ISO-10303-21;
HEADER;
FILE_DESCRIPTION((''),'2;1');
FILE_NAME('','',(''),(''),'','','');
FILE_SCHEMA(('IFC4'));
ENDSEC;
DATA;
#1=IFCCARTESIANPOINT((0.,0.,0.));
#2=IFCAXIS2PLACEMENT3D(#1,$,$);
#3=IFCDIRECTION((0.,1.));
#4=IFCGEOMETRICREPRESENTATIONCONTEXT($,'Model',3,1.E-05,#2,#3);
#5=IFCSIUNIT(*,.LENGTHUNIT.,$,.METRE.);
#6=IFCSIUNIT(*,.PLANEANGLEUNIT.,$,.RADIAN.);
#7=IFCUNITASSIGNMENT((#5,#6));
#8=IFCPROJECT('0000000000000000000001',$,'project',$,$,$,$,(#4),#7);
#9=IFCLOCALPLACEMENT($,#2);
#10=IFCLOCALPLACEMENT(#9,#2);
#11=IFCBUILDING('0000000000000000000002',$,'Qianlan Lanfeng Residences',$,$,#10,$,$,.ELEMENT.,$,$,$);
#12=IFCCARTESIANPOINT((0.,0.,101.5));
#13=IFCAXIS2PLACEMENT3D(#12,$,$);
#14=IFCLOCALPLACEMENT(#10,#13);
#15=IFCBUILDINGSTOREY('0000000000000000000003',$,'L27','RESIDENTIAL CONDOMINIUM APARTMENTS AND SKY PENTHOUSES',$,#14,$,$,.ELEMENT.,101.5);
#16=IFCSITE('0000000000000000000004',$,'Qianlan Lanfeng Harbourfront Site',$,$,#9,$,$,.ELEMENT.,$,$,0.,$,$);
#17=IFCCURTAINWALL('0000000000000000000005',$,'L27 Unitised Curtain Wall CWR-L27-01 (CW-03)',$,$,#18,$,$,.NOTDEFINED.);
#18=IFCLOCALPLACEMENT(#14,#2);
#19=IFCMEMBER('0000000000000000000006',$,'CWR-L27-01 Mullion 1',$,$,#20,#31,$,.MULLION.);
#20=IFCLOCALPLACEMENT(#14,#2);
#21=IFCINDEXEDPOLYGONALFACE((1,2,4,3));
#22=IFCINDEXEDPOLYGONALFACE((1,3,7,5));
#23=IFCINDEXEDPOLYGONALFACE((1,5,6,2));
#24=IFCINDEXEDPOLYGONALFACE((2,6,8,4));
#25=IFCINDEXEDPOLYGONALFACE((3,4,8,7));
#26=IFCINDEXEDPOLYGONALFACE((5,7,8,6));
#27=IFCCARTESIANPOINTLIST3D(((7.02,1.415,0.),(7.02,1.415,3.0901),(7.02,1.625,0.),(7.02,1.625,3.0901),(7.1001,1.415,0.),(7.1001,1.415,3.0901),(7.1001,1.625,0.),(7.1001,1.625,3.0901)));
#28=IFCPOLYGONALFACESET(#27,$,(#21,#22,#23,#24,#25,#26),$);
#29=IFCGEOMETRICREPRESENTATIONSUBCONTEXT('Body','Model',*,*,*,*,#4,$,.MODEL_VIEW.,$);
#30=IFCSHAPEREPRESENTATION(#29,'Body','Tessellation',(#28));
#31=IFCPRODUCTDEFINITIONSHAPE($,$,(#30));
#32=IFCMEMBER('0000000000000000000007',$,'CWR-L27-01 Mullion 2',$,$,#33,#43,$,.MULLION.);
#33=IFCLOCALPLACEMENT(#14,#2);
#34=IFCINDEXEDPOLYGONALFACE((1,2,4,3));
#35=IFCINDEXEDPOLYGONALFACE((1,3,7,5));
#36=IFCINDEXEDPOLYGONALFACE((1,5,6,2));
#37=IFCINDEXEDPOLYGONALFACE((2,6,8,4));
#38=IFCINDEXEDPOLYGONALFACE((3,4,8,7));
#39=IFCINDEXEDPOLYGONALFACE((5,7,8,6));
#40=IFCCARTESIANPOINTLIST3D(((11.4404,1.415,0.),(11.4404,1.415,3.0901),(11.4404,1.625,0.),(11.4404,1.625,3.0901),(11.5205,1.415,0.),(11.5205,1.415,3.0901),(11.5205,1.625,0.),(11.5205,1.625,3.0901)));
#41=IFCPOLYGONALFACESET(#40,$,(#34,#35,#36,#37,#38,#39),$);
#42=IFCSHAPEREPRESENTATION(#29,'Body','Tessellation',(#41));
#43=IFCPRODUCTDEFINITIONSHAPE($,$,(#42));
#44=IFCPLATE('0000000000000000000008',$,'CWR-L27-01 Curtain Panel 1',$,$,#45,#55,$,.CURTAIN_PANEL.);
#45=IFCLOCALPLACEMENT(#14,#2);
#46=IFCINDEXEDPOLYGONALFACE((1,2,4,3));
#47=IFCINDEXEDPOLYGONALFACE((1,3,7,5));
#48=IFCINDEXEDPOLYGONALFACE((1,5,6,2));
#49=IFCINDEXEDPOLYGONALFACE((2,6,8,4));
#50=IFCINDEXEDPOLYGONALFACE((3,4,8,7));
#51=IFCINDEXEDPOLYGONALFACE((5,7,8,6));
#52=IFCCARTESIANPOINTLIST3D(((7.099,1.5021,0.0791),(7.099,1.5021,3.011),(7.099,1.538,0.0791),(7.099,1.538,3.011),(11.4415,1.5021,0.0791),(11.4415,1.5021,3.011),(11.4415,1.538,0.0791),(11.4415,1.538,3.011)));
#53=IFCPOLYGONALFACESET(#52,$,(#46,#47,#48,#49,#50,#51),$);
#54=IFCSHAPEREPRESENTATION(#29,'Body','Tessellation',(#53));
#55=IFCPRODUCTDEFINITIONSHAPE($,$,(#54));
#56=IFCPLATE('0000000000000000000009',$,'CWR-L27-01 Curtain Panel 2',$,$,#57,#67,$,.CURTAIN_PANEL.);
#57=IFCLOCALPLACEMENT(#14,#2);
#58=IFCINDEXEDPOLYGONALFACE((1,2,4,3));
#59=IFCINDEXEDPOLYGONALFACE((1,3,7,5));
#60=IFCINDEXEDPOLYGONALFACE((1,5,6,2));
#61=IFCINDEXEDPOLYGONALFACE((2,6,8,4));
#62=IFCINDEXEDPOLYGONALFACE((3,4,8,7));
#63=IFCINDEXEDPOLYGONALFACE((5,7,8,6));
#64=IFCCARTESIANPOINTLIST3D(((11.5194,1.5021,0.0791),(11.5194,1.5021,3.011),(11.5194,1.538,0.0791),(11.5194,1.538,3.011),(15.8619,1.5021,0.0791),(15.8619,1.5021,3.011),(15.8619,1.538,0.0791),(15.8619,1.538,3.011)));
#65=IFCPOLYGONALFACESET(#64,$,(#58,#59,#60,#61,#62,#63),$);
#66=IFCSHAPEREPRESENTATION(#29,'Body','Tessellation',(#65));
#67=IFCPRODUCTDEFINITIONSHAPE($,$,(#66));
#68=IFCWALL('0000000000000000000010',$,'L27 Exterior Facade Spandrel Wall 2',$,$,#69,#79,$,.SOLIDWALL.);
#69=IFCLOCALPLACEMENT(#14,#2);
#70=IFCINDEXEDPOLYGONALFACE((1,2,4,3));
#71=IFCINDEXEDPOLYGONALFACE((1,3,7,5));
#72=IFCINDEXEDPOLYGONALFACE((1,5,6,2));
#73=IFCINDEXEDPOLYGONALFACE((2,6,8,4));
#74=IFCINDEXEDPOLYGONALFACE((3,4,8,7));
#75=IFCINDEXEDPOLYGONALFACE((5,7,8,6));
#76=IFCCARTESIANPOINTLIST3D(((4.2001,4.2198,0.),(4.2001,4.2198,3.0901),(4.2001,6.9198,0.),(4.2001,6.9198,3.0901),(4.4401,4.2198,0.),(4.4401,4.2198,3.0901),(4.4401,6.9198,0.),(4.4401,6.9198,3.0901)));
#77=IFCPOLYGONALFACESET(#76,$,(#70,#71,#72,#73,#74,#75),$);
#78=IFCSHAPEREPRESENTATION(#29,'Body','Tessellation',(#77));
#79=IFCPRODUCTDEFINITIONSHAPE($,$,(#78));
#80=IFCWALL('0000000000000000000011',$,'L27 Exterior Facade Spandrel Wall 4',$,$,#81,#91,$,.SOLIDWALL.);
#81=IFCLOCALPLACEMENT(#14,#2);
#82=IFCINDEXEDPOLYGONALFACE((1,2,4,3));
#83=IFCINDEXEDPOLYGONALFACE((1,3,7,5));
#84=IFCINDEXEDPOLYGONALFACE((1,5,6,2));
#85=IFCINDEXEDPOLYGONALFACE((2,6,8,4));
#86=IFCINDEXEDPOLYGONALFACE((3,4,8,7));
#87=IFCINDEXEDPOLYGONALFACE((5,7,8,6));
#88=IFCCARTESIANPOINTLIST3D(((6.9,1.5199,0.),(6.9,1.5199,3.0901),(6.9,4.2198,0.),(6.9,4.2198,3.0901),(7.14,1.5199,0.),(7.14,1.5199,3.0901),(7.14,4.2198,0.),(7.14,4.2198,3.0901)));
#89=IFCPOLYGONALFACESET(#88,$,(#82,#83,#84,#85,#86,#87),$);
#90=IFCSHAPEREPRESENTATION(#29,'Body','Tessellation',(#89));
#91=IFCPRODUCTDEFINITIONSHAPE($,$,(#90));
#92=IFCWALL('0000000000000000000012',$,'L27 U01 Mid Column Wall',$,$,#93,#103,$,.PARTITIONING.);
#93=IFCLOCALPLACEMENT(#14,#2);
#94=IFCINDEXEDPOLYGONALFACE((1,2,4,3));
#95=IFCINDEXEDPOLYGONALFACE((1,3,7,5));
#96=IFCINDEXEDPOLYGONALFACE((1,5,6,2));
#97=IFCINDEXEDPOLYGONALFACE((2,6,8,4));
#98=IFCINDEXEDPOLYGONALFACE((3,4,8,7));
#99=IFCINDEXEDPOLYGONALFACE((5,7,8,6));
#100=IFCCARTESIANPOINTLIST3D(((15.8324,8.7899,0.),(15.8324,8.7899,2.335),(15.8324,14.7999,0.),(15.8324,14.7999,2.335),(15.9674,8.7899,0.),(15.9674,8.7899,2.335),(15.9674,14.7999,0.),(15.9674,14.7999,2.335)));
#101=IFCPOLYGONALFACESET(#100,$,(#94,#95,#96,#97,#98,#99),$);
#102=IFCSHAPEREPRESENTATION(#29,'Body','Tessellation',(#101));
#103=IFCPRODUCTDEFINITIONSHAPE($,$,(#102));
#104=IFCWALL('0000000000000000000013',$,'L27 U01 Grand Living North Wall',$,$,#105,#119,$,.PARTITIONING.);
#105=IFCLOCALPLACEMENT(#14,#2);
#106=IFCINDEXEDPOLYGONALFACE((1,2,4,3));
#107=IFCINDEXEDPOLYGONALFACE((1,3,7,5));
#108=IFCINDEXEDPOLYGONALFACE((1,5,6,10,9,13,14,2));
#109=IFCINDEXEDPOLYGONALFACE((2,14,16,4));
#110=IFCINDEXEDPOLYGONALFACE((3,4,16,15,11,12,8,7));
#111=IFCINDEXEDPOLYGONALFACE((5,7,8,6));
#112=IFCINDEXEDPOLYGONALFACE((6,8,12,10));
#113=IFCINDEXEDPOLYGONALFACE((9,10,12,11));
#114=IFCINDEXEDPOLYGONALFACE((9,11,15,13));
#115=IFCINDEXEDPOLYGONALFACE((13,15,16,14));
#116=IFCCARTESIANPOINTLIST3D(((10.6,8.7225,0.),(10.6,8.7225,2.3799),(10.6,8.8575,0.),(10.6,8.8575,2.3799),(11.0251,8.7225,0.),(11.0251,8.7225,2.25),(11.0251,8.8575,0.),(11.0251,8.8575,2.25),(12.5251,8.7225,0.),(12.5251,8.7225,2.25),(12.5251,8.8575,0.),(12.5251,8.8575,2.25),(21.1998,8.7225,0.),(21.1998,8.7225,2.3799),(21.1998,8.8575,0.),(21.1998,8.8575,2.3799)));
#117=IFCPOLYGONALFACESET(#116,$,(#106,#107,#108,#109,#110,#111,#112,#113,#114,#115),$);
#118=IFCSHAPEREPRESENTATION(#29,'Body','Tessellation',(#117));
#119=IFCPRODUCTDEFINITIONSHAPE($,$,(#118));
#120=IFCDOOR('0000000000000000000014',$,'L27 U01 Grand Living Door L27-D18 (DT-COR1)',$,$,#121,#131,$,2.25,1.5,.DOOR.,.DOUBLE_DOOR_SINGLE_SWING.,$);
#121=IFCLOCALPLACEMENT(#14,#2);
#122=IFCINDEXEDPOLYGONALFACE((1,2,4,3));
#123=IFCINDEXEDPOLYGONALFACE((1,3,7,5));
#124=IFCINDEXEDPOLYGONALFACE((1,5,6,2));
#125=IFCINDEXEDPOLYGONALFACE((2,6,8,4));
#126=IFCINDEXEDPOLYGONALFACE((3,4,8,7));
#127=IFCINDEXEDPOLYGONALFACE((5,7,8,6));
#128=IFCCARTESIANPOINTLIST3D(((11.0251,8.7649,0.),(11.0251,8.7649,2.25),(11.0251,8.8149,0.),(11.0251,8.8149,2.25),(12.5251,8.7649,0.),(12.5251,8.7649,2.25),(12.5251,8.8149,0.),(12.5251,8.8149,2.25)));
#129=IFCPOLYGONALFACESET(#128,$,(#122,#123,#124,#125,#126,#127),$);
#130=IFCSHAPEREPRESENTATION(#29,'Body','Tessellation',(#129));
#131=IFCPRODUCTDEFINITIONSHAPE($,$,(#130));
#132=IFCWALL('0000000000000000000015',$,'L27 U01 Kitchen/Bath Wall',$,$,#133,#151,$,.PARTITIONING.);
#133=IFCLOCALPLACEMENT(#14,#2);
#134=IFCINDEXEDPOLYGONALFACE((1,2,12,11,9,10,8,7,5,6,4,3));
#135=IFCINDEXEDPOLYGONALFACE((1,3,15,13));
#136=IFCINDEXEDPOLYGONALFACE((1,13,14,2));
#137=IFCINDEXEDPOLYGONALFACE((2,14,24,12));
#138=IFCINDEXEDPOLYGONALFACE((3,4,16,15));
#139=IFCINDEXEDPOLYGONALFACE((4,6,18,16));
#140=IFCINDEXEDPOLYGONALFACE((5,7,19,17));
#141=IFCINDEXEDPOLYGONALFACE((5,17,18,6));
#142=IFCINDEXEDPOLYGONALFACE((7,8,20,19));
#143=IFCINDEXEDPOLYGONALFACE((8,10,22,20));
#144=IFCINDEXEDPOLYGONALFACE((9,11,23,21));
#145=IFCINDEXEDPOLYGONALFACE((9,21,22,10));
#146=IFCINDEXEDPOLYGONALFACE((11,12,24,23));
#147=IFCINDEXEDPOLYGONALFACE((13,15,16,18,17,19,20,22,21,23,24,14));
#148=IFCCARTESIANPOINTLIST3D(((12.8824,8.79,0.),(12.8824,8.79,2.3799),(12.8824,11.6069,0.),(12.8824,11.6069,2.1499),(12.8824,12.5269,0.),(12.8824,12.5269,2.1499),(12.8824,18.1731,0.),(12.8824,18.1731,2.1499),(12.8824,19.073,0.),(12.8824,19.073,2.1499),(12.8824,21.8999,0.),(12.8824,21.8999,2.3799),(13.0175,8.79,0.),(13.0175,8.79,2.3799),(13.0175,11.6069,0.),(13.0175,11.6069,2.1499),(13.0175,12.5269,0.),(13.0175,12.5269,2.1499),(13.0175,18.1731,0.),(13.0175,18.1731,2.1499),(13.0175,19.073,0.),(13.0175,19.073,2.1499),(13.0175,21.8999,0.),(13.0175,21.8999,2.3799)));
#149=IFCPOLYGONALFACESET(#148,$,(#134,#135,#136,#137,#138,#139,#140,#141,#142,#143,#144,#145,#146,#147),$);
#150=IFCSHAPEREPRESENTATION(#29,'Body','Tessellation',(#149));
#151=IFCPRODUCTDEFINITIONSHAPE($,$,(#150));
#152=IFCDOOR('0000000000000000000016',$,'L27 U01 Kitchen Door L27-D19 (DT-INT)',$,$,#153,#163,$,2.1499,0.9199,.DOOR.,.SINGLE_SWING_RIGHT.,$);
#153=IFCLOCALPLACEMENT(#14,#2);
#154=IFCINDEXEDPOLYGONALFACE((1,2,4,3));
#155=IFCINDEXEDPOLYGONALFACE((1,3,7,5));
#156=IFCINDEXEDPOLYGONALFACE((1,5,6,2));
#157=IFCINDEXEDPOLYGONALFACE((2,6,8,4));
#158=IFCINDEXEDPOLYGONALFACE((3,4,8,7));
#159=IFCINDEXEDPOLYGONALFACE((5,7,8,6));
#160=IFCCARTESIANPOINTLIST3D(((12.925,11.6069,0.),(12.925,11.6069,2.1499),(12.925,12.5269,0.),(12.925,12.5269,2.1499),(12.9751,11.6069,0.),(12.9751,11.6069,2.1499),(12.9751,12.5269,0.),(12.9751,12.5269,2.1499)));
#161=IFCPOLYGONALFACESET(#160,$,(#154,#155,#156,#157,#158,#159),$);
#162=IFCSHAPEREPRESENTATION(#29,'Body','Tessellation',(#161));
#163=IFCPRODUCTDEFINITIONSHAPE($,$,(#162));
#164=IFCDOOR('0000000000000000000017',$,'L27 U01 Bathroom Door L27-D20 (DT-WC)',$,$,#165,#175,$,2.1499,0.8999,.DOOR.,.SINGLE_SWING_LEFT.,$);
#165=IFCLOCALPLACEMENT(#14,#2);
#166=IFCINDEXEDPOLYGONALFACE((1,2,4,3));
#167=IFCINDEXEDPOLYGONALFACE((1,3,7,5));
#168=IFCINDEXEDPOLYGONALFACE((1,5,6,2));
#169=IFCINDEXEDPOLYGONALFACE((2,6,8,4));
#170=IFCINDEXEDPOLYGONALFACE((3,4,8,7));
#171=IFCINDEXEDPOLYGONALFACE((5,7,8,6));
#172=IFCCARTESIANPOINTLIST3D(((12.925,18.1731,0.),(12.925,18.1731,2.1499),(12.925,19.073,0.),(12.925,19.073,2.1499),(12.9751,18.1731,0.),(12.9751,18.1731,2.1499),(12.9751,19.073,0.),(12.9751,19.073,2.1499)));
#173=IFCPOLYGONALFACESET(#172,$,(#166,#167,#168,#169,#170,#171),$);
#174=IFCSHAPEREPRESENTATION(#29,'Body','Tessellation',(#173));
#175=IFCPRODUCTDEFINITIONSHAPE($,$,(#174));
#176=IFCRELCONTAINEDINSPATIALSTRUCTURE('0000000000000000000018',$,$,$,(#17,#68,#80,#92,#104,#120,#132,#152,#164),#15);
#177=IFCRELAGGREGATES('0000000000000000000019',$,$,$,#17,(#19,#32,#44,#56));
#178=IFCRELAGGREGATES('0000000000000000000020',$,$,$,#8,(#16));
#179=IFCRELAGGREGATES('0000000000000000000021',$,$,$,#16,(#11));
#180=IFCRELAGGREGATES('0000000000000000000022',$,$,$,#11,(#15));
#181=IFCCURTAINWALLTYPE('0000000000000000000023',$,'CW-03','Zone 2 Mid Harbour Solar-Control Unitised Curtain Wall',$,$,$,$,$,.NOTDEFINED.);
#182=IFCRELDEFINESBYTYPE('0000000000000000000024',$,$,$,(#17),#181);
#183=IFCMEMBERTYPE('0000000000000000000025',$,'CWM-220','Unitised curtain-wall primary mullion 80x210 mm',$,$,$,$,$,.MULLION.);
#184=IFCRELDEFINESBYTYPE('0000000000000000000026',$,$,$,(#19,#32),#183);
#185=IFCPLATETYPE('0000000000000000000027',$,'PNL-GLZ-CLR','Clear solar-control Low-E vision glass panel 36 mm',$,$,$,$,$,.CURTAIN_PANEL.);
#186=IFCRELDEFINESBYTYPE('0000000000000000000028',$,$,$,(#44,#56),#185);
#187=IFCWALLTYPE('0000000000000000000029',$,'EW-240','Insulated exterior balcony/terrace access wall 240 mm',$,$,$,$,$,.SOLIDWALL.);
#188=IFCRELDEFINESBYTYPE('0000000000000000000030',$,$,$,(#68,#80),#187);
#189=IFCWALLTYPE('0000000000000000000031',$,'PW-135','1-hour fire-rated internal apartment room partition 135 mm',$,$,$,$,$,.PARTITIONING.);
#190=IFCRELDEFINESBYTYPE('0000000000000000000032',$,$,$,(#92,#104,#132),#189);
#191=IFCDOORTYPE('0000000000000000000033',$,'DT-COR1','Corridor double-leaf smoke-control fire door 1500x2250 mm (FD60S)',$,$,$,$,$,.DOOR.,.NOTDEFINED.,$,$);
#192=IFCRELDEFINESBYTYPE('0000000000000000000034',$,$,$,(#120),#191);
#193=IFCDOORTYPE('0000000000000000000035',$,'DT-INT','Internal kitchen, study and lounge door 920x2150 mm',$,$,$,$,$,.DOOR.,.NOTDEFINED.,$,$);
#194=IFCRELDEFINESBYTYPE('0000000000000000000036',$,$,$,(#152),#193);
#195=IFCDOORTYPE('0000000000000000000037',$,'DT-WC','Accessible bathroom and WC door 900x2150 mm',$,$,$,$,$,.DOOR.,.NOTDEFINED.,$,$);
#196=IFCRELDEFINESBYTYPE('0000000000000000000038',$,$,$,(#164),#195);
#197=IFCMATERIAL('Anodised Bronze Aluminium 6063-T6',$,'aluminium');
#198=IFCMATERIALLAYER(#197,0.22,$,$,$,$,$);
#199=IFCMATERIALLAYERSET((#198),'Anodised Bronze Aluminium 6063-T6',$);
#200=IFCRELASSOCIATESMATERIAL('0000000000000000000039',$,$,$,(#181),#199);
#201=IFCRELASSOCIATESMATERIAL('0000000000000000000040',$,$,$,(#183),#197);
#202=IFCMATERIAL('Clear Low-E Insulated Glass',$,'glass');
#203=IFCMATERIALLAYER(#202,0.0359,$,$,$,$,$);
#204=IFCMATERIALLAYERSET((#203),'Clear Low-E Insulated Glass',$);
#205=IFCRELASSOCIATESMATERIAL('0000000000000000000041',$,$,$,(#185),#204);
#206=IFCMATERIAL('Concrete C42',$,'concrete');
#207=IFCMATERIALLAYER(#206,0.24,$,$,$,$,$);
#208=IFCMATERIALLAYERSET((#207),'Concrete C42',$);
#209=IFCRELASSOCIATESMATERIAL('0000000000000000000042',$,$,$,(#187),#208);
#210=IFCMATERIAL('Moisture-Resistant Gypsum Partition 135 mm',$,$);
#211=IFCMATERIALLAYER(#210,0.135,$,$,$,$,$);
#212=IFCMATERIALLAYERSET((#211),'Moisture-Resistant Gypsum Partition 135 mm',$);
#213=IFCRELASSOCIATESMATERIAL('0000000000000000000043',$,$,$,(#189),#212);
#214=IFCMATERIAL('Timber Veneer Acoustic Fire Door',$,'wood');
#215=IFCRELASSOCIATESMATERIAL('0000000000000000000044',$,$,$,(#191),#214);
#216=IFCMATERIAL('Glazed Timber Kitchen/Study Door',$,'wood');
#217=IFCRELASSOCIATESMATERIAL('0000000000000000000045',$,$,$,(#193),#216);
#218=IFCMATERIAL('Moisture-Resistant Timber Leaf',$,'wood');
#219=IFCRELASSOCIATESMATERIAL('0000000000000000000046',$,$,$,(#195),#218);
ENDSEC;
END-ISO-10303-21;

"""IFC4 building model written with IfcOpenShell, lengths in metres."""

from ifc_helpers import new_model, si_unit, direction, frame, frame_2d, origin, origin_2d, place, context, subcontext, project, spatial, rectangle, extrude, source, transform, mapped, material, layer, layer_set, material_profile, profile_set, type_object, element, fill, aggregate, save


model = new_model("IFC4")

# Units and contexts
model_context = context("Model", 3, precision=1e-05, world=origin(), true_north=direction((0.0, 1.0)))
body_context = subcontext(model_context, "Body", "Model", "MODEL_VIEW")
ifc_project = project(units=[si_unit("LENGTHUNIT", "METRE"), si_unit("PLANEANGLEUNIT", "RADIAN")], contexts=[model_context])

# Site, building, storey
site_placement = place(None, origin())
site = spatial("IfcSite", under=ifc_project, at=site_placement, Name="Qianlan Lanfeng Harbourfront Site", CompositionType="ELEMENT", RefElevation=0.0)
building_placement = place(site_placement, origin())
building = spatial("IfcBuilding", under=site, at=building_placement, Name="Qianlan Lanfeng Residences", CompositionType="ELEMENT")
storey_placement = place(building_placement, frame((0.0, 0.0, 101.5)))
storey = spatial("IfcBuildingStorey", under=building, at=storey_placement, Name="L27", Description="RESIDENTIAL CONDOMINIUM APARTMENTS AND SKY PENTHOUSES", CompositionType="ELEMENT", Elevation=101.5)

# Curtain wall, members, plates
ifc_material_1 = material(Name="Anodised Bronze Aluminium 6063-T6", Category="aluminium")
ifc_layer_1 = layer(ifc_material_1, 0.22)
ifc_layer_set_1 = layer_set([ifc_layer_1], Name="Anodised Bronze Aluminium 6063-T6")
curtain_wall_type = type_object("IfcCurtainWallType", Name="CW-03", Description="Zone 2 Mid Harbour Solar-Control Unitised Curtain Wall", PredefinedType="NOTDEFINED", material=ifc_layer_set_1)
curtain_wall_placement = place(storey_placement, origin())
curtain_wall = element("IfcCurtainWall", 1, at=curtain_wall_placement, inside=storey, type_object=curtain_wall_type, Name="L27 Unitised Curtain Wall CWR-L27-01 (CW-03)", PredefinedType="NOTDEFINED")
ifc_material_profile_1 = material_profile(ifc_material_1, rectangle(XDim=0.0801, YDim=0.21, at=origin_2d()), Name="ALU MULLION 80x210")
ifc_profile_set_1 = profile_set([ifc_material_profile_1], Name="Anodised Bronze Aluminium 6063-T6")
member_type_1 = type_object("IfcMemberType", Name="CWM-220", Description="Unitised curtain-wall primary mullion 80x210 mm", PredefinedType="MULLION", material=ifc_profile_set_1)
shared_shape_1 = source(origin(), body_context, "Body", "SweptSolid", [
    extrude(rectangle(XDim=0.0801, YDim=0.21, at=origin_2d()), origin(), (0.0, 0.0, 1.0), 3.0901),
])
member_1_placement = place(storey_placement, frame((7.0601, 1.52, 0.0), z_axis=(0.0, 0.0, 1.0), x_axis=(1.0, 0.0, 0.0)))
member_1 = element("IfcMember", 2, at=member_1_placement, type_object=member_type_1, Name="CWR-L27-01 Mullion 1", PredefinedType="MULLION", context=body_context, shape_type="MappedRepresentation", body=[
    mapped(shared_shape_1, transform((0.0, 0.0, 0.0), scale=1.0)),
])
member_2_placement = place(storey_placement, frame((11.4805, 1.52, 0.0), z_axis=(0.0, 0.0, 1.0), x_axis=(1.0, 0.0, 0.0)))
member_2 = element("IfcMember", 3, at=member_2_placement, type_object=member_type_1, Name="CWR-L27-01 Mullion 2", PredefinedType="MULLION", context=body_context, shape_type="MappedRepresentation", body=[
    mapped(shared_shape_1, transform((0.0, 0.0, 0.0), scale=1.0)),
])
ifc_material_2 = material(Name="Clear Low-E Insulated Glass", Category="glass")
ifc_layer_2 = layer(ifc_material_2, 0.0359)
ifc_layer_set_2 = layer_set([ifc_layer_2], Name="Clear Low-E Insulated Glass")
plate_type = type_object("IfcPlateType", Name="PNL-GLZ-CLR", Description="Clear solar-control Low-E vision glass panel 36 mm", PredefinedType="CURTAIN_PANEL", material=ifc_layer_set_2)
shared_shape_2 = source(origin(), body_context, "Body", "SweptSolid", [
    extrude(rectangle(XDim=4.3425, YDim=0.0359, at=origin_2d()), origin(), (0.0, 0.0, 1.0), 2.9319),
])
plate_1_placement = place(storey_placement, frame((9.2703, 1.52, 0.0791), z_axis=(0.0, 0.0, 1.0), x_axis=(1.0, 0.0, 0.0)))
plate_1 = element("IfcPlate", 4, at=plate_1_placement, type_object=plate_type, Name="CWR-L27-01 Curtain Panel 1", PredefinedType="CURTAIN_PANEL", context=body_context, shape_type="MappedRepresentation", body=[
    mapped(shared_shape_2, transform((0.0, 0.0, 0.0), scale=1.0)),
])
plate_2_placement = place(storey_placement, frame((13.6907, 1.52, 0.0791), z_axis=(0.0, 0.0, 1.0), x_axis=(1.0, 0.0, 0.0)))
plate_2 = element("IfcPlate", 5, at=plate_2_placement, type_object=plate_type, Name="CWR-L27-01 Curtain Panel 2", PredefinedType="CURTAIN_PANEL", context=body_context, shape_type="MappedRepresentation", body=[
    mapped(shared_shape_2, transform((0.0, 0.0, 0.0), scale=1.0)),
])
aggregate(curtain_wall, [member_1, member_2, plate_1, plate_2])

# Walls
ifc_material_3 = material(Name="Concrete C42", Category="concrete")
ifc_layer_3 = layer(ifc_material_3, 0.24)
ifc_layer_set_3 = layer_set([ifc_layer_3], Name="Concrete C42")
wall_type_1 = type_object("IfcWallType", Name="EW-240", Description="Insulated exterior balcony/terrace access wall 240 mm", PredefinedType="SOLIDWALL", material=ifc_layer_set_3)
for number, where, z_axis, x_axis, name in (
    (6, (4.3201, 6.9199, 0.0), (0.0, 0.0, 1.0), (0.0, -1.0, 0.0), "L27 Exterior Facade Spandrel Wall 2"),
    (7, (7.02, 4.22, 0.0), (0.0, 0.0, 1.0), (0.0, -1.0, 0.0), "L27 Exterior Facade Spandrel Wall 4"),
):
    element("IfcWall", number, at=place(storey_placement, frame(where, z_axis=z_axis, x_axis=x_axis)), inside=storey, type_object=wall_type_1, Name=name, PredefinedType="SOLIDWALL", context=body_context, shape_type="SweptSolid", body=[
        extrude(rectangle(XDim=2.7, YDim=0.24, at=frame_2d((1.3501, 0.0))), origin(), (0.0, 0.0, 1.0), 3.0901),
    ])
ifc_material_4 = material(Name="Moisture-Resistant Gypsum Partition 135 mm")
ifc_layer_4 = layer(ifc_material_4, 0.135)
ifc_layer_set_4 = layer_set([ifc_layer_4], Name="Moisture-Resistant Gypsum Partition 135 mm")
wall_type_2 = type_object("IfcWallType", Name="PW-135", Description="1-hour fire-rated internal apartment room partition 135 mm", PredefinedType="PARTITIONING", material=ifc_layer_set_4)
wall_1_placement = place(storey_placement, frame((15.8999, 8.79, 0.0), z_axis=(0.0, 0.0, 1.0), x_axis=(0.0, 1.0, 0.0)))
element("IfcWall", 8, at=wall_1_placement, inside=storey, type_object=wall_type_2, Name="L27 U01 Mid Column Wall", PredefinedType="PARTITIONING", context=body_context, shape_type="SweptSolid", body=[
    extrude(rectangle(XDim=6.01, YDim=0.135, at=frame_2d((3.0049, 0.0))), origin(), (0.0, 0.0, 1.0), 2.335),
])

# Wall, opening, door
wall_2_placement = place(storey_placement, frame((10.6001, 8.79, 0.0), z_axis=(0.0, 0.0, 1.0), x_axis=(1.0, 0.0, 0.0)))
wall_2 = element("IfcWall", 9, at=wall_2_placement, inside=storey, type_object=wall_type_2, Name="L27 U01 Grand Living North Wall", PredefinedType="PARTITIONING", context=body_context, shape_type="SweptSolid", body=[
    extrude(rectangle(XDim=10.5999, YDim=0.135, at=frame_2d((5.2998, 0.0))), origin(), (0.0, 0.0, 1.0), 2.3799),
])
opening_1_placement = place(wall_2_placement, frame((0.425, 0.0, 0.0)))
opening_1 = element("IfcOpeningElement", 10, at=opening_1_placement, cuts=wall_2, PredefinedType="OPENING", context=body_context, shape_type="SweptSolid", body=[
    extrude(rectangle(XDim=1.5, YDim=2.25, at=frame_2d((0.75, 1.125))), frame((0.0, 0.0776, 0.0), z_axis=(0.0, -1.0, 0.0), x_axis=(1.0, 0.0, 0.0)), (0.0, 0.0, 1.0), 0.155),
])
ifc_material_5 = material(Name="Timber Veneer Acoustic Fire Door", Category="wood")
door_type_1 = type_object("IfcDoorType", Name="DT-COR1", Description="Corridor double-leaf smoke-control fire door 1500x2250 mm (FD60S)", OperationType="NOTDEFINED", PredefinedType="DOOR", material=ifc_material_5)
door_1_placement = place(opening_1_placement, origin())
door_1 = element("IfcDoor", 11, at=door_1_placement, inside=storey, type_object=door_type_1, Name="L27 U01 Grand Living Door L27-D18 (DT-COR1)", OperationType="DOUBLE_DOOR_SINGLE_SWING", OverallHeight=2.25, OverallWidth=1.5, PredefinedType="DOOR", context=body_context, shape_type="SweptSolid", body=[
    extrude(rectangle(XDim=1.5, YDim=2.25, at=frame_2d((0.75, 1.125))), frame((0.0, 0.0249, 0.0), z_axis=(0.0, -1.0, 0.0), x_axis=(1.0, 0.0, 0.0)), (0.0, 0.0, 1.0), 0.05),
])
fill(opening_1, door_1)

# Wall, openings, doors
wall_3_placement = place(storey_placement, frame((12.95, 8.79, 0.0), z_axis=(0.0, 0.0, 1.0), x_axis=(0.0, 1.0, 0.0)))
wall_3 = element("IfcWall", 12, at=wall_3_placement, inside=storey, type_object=wall_type_2, Name="L27 U01 Kitchen/Bath Wall", PredefinedType="PARTITIONING", context=body_context, shape_type="SweptSolid", body=[
    extrude(rectangle(XDim=13.1099, YDim=0.135, at=frame_2d((6.5549, 0.0))), origin(), (0.0, 0.0, 1.0), 2.3799),
])
opening_2_placement = place(wall_3_placement, frame((2.8169, 0.0, 0.0)))
opening_2 = element("IfcOpeningElement", 13, at=opening_2_placement, cuts=wall_3, PredefinedType="OPENING", context=body_context, shape_type="SweptSolid", body=[
    extrude(rectangle(XDim=0.9199, YDim=2.1499, at=frame_2d((0.46, 1.075))), frame((0.0, 0.0776, 0.0), z_axis=(0.0, -1.0, 0.0), x_axis=(1.0, 0.0, 0.0)), (0.0, 0.0, 1.0), 0.155),
])
opening_3_placement = place(wall_3_placement, frame((9.3831, 0.0, 0.0)))
opening_3 = element("IfcOpeningElement", 14, at=opening_3_placement, cuts=wall_3, PredefinedType="OPENING", context=body_context, shape_type="SweptSolid", body=[
    extrude(rectangle(XDim=0.8999, YDim=2.1499, at=frame_2d((0.45, 1.075))), frame((0.0, 0.0776, 0.0), z_axis=(0.0, -1.0, 0.0), x_axis=(1.0, 0.0, 0.0)), (0.0, 0.0, 1.0), 0.155),
])
ifc_material_6 = material(Name="Glazed Timber Kitchen/Study Door", Category="wood")
door_type_2 = type_object("IfcDoorType", Name="DT-INT", Description="Internal kitchen, study and lounge door 920x2150 mm", OperationType="NOTDEFINED", PredefinedType="DOOR", material=ifc_material_6)
door_2_placement = place(opening_2_placement, origin())
door_2 = element("IfcDoor", 15, at=door_2_placement, inside=storey, type_object=door_type_2, Name="L27 U01 Kitchen Door L27-D19 (DT-INT)", OperationType="SINGLE_SWING_RIGHT", OverallHeight=2.1499, OverallWidth=0.9199, PredefinedType="DOOR", context=body_context, shape_type="SweptSolid", body=[
    extrude(rectangle(XDim=0.9199, YDim=2.1499, at=frame_2d((0.46, 1.075))), frame((0.0, 0.0249, 0.0), z_axis=(0.0, -1.0, 0.0), x_axis=(1.0, 0.0, 0.0)), (0.0, 0.0, 1.0), 0.05),
])
fill(opening_2, door_2)
ifc_material_7 = material(Name="Moisture-Resistant Timber Leaf", Category="wood")
door_type_3 = type_object("IfcDoorType", Name="DT-WC", Description="Accessible bathroom and WC door 900x2150 mm", OperationType="NOTDEFINED", PredefinedType="DOOR", material=ifc_material_7)
door_3_placement = place(opening_3_placement, origin())
door_3 = element("IfcDoor", 16, at=door_3_placement, inside=storey, type_object=door_type_3, Name="L27 U01 Bathroom Door L27-D20 (DT-WC)", OperationType="SINGLE_SWING_LEFT", OverallHeight=2.1499, OverallWidth=0.8999, PredefinedType="DOOR", context=body_context, shape_type="SweptSolid", body=[
    extrude(rectangle(XDim=0.8999, YDim=2.1499, at=frame_2d((0.45, 1.075))), frame((0.0, 0.0249, 0.0), z_axis=(0.0, -1.0, 0.0), x_axis=(1.0, 0.0, 0.0)), (0.0, 0.0, 1.0), 0.05),
])
fill(opening_3, door_3)

save(model, "model.ifc")
